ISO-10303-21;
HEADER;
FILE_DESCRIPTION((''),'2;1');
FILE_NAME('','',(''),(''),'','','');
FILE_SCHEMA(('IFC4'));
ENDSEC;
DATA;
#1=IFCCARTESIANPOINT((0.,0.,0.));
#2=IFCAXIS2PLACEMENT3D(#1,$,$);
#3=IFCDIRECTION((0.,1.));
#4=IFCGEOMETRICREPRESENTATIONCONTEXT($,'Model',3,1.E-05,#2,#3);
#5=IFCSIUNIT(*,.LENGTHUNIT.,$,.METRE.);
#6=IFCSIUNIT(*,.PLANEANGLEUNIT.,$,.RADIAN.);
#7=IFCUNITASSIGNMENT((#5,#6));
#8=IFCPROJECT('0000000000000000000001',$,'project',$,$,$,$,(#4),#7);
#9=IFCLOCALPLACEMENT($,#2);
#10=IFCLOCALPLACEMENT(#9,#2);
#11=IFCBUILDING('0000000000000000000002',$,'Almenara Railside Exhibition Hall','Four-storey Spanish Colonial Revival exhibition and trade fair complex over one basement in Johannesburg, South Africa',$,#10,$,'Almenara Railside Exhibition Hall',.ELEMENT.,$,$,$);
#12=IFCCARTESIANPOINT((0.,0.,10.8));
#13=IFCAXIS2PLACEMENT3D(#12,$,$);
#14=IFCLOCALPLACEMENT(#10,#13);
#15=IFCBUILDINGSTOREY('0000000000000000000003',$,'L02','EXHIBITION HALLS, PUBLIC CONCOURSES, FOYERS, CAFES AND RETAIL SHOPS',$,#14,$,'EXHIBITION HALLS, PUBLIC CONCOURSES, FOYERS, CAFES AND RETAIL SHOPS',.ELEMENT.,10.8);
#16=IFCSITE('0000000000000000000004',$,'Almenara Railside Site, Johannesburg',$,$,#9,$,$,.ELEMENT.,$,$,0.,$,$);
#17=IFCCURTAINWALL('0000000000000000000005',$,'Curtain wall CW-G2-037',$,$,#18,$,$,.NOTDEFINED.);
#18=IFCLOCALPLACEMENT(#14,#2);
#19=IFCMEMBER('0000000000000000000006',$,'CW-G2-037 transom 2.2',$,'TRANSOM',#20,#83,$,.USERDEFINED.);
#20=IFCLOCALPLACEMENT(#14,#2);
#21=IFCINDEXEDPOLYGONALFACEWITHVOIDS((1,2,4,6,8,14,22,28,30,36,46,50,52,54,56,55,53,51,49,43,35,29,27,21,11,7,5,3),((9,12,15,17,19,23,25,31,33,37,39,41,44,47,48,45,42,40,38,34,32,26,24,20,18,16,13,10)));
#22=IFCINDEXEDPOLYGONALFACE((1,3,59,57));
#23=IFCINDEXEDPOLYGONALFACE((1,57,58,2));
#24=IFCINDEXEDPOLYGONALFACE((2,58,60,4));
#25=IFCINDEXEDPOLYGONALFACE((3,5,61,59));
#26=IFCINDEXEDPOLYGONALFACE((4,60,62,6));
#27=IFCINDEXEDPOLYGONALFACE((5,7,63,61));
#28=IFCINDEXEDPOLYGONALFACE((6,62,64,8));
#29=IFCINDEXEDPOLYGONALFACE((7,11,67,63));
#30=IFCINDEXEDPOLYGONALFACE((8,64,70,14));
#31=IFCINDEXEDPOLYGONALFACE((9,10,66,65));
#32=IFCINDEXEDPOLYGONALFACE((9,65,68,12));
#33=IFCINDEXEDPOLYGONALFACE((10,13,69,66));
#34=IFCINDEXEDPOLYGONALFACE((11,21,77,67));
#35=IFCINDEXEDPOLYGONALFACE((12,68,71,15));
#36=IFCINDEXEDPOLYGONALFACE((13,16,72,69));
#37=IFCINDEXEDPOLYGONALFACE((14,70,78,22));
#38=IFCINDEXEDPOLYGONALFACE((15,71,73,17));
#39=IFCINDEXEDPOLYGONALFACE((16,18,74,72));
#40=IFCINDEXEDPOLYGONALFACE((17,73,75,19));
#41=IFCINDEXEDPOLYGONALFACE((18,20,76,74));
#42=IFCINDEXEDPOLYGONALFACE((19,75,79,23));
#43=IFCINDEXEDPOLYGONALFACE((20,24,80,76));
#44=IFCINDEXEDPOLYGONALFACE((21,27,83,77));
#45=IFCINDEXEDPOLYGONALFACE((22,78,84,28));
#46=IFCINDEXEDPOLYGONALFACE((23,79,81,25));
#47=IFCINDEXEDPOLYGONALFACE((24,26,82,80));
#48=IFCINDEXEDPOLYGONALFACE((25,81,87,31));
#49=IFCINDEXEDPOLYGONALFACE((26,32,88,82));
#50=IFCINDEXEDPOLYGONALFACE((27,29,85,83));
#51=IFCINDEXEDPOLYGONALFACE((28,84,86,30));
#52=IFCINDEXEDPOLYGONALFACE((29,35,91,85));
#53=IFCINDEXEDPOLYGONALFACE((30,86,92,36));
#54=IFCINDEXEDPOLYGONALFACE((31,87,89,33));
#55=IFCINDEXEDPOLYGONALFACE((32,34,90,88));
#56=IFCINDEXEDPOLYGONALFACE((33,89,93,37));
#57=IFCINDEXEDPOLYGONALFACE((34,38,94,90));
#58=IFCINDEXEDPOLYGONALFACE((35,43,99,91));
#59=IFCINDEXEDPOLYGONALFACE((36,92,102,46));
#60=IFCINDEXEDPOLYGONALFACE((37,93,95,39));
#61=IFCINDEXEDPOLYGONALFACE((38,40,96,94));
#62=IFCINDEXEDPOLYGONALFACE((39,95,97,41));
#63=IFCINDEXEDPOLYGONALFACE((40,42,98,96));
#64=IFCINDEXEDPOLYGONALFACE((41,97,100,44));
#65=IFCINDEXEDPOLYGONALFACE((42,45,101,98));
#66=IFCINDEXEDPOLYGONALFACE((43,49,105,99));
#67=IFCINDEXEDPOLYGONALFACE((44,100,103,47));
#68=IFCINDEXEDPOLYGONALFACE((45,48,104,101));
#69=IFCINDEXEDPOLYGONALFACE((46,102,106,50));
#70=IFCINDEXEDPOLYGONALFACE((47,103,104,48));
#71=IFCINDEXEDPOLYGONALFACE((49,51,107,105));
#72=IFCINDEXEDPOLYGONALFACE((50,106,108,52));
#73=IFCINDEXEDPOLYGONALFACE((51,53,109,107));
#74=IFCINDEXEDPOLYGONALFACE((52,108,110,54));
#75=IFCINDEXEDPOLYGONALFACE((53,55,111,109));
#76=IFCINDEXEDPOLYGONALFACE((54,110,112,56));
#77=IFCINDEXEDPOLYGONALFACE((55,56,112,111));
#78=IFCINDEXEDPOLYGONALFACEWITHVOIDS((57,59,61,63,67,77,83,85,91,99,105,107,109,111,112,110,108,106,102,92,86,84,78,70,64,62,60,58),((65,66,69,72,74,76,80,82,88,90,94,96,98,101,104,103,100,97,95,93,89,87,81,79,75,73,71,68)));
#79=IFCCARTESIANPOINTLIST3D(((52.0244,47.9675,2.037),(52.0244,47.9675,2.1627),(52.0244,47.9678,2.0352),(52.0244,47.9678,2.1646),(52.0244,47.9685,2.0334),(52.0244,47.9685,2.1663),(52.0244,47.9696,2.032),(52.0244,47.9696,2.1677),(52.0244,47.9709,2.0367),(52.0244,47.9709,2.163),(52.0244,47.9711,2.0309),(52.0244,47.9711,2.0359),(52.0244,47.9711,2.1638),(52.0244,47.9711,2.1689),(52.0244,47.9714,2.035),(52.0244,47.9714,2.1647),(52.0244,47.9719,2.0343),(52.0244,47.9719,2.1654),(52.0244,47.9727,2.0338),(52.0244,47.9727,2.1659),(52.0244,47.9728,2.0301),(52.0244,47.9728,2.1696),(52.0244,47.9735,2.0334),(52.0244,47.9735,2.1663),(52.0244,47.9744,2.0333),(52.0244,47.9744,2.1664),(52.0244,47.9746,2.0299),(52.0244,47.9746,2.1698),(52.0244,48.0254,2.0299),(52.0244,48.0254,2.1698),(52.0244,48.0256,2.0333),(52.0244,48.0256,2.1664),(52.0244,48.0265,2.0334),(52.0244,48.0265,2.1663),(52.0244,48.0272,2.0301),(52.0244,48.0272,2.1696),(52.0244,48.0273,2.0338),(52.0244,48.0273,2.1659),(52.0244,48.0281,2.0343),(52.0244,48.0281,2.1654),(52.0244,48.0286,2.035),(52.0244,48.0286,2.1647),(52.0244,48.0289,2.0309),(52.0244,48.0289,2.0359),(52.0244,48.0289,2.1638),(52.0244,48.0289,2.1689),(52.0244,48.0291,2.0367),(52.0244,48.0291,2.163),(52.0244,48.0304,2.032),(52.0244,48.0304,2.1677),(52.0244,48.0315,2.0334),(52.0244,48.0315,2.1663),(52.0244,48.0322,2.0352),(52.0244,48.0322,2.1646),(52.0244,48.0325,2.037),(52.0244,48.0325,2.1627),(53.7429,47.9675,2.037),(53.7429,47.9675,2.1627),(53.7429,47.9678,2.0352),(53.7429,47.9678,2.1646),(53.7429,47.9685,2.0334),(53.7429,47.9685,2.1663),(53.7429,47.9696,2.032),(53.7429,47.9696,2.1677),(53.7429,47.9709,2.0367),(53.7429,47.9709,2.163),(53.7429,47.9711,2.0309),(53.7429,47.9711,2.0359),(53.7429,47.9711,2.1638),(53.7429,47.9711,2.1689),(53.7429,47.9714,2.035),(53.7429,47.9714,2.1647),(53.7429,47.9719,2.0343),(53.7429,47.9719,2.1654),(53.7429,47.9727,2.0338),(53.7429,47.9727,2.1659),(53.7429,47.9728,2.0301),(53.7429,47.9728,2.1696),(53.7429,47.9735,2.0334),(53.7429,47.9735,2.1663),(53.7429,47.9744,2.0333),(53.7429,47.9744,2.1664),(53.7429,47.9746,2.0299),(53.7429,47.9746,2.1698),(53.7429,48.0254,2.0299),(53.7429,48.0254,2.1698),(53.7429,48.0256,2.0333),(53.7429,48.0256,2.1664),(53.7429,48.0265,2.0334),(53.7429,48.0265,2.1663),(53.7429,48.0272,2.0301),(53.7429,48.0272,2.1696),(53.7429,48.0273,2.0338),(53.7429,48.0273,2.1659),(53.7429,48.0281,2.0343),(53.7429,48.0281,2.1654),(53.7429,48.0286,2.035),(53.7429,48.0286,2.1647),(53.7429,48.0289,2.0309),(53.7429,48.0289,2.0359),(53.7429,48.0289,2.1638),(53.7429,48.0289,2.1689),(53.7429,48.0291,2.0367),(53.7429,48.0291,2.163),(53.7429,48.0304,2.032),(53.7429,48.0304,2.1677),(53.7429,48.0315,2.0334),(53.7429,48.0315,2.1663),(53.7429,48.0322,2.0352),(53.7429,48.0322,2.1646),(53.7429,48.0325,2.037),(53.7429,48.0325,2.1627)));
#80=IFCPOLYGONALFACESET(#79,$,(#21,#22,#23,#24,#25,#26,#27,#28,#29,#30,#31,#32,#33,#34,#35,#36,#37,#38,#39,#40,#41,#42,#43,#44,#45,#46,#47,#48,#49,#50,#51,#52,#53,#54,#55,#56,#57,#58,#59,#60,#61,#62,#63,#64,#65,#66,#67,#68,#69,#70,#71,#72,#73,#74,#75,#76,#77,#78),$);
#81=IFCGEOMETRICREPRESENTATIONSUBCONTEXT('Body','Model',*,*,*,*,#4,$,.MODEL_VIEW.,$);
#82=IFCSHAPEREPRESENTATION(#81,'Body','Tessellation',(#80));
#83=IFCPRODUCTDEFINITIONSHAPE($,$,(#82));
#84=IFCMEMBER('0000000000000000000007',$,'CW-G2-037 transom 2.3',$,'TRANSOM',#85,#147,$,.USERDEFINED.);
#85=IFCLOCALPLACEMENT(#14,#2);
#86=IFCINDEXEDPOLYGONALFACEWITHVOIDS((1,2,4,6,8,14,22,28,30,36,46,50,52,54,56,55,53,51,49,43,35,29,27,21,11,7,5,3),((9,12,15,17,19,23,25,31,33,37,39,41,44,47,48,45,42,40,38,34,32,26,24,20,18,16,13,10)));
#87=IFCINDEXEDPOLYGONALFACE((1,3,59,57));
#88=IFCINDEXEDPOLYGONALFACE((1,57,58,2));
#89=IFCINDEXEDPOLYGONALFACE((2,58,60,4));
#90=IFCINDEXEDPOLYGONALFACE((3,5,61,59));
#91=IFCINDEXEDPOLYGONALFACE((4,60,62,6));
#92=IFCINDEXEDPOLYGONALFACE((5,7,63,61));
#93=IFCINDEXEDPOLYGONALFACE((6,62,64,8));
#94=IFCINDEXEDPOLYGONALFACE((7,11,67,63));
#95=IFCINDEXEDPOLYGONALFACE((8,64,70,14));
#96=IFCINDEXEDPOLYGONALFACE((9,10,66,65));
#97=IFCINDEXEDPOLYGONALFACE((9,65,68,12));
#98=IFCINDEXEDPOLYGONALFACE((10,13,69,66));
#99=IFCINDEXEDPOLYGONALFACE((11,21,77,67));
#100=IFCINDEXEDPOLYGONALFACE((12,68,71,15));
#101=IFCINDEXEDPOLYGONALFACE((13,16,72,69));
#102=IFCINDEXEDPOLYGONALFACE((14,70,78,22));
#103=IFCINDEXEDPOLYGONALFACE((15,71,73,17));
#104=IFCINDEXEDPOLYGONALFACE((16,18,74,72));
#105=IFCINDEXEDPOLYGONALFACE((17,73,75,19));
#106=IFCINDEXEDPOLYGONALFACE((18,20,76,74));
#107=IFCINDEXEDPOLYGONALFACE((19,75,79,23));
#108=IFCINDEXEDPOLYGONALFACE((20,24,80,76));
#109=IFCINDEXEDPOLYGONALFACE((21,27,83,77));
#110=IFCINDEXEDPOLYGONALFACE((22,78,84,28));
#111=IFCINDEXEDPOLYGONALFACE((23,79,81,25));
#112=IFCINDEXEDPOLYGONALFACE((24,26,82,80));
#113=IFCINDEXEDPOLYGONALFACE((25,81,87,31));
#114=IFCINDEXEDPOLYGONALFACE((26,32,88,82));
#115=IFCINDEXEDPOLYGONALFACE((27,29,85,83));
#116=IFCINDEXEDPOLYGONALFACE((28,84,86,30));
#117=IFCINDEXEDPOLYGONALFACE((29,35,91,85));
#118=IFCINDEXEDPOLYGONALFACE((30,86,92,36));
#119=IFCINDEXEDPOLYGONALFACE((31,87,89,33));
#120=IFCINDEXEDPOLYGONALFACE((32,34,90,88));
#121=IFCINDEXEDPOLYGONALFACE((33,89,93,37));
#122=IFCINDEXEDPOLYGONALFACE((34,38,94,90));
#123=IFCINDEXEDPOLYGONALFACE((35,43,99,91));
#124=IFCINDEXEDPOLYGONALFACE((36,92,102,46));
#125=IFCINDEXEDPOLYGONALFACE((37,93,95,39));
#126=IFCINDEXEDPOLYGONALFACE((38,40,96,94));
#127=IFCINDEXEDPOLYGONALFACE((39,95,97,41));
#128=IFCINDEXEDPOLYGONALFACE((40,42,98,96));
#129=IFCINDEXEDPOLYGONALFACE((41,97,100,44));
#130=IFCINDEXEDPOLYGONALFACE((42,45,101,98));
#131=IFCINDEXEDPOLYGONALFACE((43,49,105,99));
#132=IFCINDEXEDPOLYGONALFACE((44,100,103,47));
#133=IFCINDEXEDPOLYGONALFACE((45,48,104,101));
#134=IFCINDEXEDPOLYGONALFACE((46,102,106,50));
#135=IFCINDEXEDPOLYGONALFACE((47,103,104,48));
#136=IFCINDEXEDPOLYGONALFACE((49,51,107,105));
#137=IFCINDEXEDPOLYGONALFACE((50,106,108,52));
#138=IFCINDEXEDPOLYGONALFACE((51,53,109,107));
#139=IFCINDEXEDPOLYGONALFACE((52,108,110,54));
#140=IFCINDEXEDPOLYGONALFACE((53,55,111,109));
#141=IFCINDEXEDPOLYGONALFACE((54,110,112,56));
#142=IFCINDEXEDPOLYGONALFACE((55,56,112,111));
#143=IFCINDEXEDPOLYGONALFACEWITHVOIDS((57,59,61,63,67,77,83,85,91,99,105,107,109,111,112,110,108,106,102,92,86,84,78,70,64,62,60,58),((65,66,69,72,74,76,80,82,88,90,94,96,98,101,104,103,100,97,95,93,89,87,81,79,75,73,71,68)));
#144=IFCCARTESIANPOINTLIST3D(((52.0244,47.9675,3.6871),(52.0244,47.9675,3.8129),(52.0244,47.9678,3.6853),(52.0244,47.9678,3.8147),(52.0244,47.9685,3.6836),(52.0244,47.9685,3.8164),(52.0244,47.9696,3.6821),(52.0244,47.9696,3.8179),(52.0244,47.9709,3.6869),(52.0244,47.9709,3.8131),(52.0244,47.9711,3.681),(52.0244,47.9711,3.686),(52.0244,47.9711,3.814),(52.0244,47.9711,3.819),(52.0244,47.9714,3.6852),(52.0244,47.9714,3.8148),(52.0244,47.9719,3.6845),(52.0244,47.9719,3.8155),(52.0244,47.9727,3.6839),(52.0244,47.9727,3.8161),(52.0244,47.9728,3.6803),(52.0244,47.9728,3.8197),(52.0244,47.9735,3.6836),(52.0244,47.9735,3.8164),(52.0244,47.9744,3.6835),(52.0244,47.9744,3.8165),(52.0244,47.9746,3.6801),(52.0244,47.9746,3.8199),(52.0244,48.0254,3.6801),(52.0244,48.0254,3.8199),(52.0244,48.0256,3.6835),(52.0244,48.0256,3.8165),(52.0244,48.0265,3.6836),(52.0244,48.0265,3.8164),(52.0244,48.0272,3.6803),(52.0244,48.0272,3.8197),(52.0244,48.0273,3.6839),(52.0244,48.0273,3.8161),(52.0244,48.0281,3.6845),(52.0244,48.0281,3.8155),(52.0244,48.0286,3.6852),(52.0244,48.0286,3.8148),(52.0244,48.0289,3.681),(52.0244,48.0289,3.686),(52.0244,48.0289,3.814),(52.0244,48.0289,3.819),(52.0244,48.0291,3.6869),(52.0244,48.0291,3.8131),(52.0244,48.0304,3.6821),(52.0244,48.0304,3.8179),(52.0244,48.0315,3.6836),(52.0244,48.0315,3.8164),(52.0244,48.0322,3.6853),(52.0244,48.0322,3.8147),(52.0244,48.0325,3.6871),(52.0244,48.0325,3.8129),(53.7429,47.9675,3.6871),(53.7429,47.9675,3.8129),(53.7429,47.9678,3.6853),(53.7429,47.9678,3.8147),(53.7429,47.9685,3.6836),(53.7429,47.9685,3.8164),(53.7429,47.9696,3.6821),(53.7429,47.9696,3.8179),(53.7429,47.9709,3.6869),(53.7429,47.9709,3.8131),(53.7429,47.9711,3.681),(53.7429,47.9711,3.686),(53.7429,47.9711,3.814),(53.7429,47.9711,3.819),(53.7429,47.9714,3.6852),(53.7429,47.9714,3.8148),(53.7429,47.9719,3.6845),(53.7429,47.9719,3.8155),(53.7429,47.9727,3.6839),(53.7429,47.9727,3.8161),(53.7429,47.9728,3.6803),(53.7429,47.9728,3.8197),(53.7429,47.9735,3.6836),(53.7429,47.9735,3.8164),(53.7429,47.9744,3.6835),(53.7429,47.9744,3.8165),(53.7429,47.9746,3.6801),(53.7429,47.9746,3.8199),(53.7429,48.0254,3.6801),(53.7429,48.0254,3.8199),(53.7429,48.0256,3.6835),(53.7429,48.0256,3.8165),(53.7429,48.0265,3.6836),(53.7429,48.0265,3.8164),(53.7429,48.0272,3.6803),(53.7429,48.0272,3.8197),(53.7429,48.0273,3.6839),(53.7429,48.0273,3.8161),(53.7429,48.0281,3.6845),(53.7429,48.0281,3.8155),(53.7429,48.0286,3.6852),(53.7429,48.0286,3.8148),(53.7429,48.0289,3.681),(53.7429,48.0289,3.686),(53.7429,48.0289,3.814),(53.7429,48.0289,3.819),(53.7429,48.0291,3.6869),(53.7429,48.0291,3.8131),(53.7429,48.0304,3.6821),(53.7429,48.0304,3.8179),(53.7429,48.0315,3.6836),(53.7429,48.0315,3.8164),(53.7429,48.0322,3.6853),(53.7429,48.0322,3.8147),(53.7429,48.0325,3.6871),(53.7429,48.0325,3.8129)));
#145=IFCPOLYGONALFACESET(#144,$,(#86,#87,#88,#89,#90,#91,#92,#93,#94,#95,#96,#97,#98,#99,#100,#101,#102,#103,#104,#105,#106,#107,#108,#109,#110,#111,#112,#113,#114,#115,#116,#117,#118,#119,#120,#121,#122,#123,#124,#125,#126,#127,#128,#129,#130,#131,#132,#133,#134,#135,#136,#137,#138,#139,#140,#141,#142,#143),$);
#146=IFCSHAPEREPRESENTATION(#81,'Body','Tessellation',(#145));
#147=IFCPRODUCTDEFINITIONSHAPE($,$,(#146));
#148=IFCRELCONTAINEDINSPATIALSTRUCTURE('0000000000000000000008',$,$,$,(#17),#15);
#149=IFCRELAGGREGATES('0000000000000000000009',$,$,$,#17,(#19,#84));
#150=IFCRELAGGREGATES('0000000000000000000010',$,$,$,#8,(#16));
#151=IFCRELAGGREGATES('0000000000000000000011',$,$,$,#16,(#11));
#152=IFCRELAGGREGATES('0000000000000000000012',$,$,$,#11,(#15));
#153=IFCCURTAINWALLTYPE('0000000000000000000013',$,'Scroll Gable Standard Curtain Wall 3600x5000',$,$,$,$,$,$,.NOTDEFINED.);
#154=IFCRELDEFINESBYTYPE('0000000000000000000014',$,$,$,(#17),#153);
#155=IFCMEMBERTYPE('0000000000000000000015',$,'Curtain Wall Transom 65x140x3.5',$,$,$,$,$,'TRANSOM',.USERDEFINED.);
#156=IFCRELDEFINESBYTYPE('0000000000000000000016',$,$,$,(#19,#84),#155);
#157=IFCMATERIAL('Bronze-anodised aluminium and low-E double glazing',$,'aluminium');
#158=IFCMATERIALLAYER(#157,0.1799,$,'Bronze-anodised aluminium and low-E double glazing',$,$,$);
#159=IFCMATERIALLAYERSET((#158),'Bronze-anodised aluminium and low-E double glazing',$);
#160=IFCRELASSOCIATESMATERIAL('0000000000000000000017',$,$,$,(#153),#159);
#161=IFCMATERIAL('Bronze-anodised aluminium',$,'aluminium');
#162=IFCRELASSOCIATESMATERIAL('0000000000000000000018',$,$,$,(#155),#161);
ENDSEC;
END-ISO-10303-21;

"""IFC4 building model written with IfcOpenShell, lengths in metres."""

from ifc_helpers import new_model, si_unit, direction, frame, origin, origin_2d, place, context, subcontext, project, spatial, hollow_rectangle, extrude, material, layer, layer_set, material_profile, profile_set, type_object, element, aggregate, save


model = new_model("IFC4")

# Units and contexts
model_context = context("Model", 3, precision=1e-05, world=origin(), true_north=direction((0.0, 1.0)))
body_context = subcontext(model_context, "Body", "Model", "MODEL_VIEW")
ifc_project = project(units=[si_unit("LENGTHUNIT", "METRE"), si_unit("PLANEANGLEUNIT", "RADIAN")], contexts=[model_context])

# Site, building, storey
site_placement = place(None, origin())
site = spatial("IfcSite", under=ifc_project, at=site_placement, Name="Almenara Railside Site, Johannesburg", CompositionType="ELEMENT", RefElevation=0.0)
building_placement = place(site_placement, origin())
building = spatial("IfcBuilding", under=site, at=building_placement, Name="Almenara Railside Exhibition Hall", Description="Four-storey Spanish Colonial Revival exhibition and trade fair complex over one basement in Johannesburg, South Africa", LongName="Almenara Railside Exhibition Hall", CompositionType="ELEMENT")
storey_placement = place(building_placement, frame((0.0, 0.0, 10.8)))
storey = spatial("IfcBuildingStorey", under=building, at=storey_placement, Name="L02", Description="EXHIBITION HALLS, PUBLIC CONCOURSES, FOYERS, CAFES AND RETAIL SHOPS", LongName="EXHIBITION HALLS, PUBLIC CONCOURSES, FOYERS, CAFES AND RETAIL SHOPS", CompositionType="ELEMENT", Elevation=10.8)

# Curtain wall
ifc_material_1 = material(Name="Bronze-anodised aluminium and low-E double glazing", Category="aluminium")
ifc_layer_1 = layer(ifc_material_1, 0.1799, Name="Bronze-anodised aluminium and low-E double glazing")
ifc_layer_set_1 = layer_set([ifc_layer_1], Name="Bronze-anodised aluminium and low-E double glazing")
curtain_wall_type_1 = type_object("IfcCurtainWallType", Name="Scroll Gable Standard Curtain Wall 3600x5000", PredefinedType="NOTDEFINED", material=ifc_layer_set_1)
curtain_wall_1_placement = place(storey_placement, origin())
curtain_wall_1 = element("IfcCurtainWall", 1, at=curtain_wall_1_placement, inside=storey, type_object=curtain_wall_type_1, Name="Curtain wall CW-G2-037", PredefinedType="NOTDEFINED")
ifc_material_2 = material(Name="Bronze-anodised aluminium", Category="aluminium")

# Members
ifc_material_profile_1 = material_profile(ifc_material_2, hollow_rectangle(XDim=0.0649, YDim=0.1399, WallThickness=0.0034, InnerFilletRadius=0.0034, OuterFilletRadius=0.0071, at=origin_2d()), Name="ALU-TRN 65x140x3.5")
ifc_profile_set_1 = profile_set([ifc_material_profile_1], Name="Bronze-anodised aluminium")
member_type_1 = type_object("IfcMemberType", Name="Curtain Wall Transom 65x140x3.5", ElementType="TRANSOM", PredefinedType="USERDEFINED", material=ifc_profile_set_1)
member_1_placement = place(storey_placement, frame((52.0244, 48.0, 2.0999), z_axis=(1.0, 0.0, 0.0), x_axis=(0.0, 1.0, 0.0)))
member_1 = element("IfcMember", 2, at=member_1_placement, type_object=member_type_1, Name="CW-G2-037 transom 2.2", ObjectType="TRANSOM", PredefinedType="USERDEFINED", context=body_context, shape_type="SweptSolid", body=[
    extrude(hollow_rectangle(XDim=0.0649, YDim=0.1399, WallThickness=0.0034, InnerFilletRadius=0.0034, OuterFilletRadius=0.0071, at=origin_2d()), origin(), (0.0, 0.0, 1.0), 1.7185),
])
member_2_placement = place(storey_placement, frame((52.0244, 48.0, 3.75), z_axis=(1.0, 0.0, 0.0), x_axis=(0.0, 1.0, 0.0)))
member_2 = element("IfcMember", 3, at=member_2_placement, type_object=member_type_1, Name="CW-G2-037 transom 2.3", ObjectType="TRANSOM", PredefinedType="USERDEFINED", context=body_context, shape_type="SweptSolid", body=[
    extrude(hollow_rectangle(XDim=0.0649, YDim=0.1399, WallThickness=0.0034, InnerFilletRadius=0.0034, OuterFilletRadius=0.0071, at=origin_2d()), origin(), (0.0, 0.0, 1.0), 1.7185),
])

aggregate(curtain_wall_1, [member_1, member_2])

save(model, "model.ifc")
